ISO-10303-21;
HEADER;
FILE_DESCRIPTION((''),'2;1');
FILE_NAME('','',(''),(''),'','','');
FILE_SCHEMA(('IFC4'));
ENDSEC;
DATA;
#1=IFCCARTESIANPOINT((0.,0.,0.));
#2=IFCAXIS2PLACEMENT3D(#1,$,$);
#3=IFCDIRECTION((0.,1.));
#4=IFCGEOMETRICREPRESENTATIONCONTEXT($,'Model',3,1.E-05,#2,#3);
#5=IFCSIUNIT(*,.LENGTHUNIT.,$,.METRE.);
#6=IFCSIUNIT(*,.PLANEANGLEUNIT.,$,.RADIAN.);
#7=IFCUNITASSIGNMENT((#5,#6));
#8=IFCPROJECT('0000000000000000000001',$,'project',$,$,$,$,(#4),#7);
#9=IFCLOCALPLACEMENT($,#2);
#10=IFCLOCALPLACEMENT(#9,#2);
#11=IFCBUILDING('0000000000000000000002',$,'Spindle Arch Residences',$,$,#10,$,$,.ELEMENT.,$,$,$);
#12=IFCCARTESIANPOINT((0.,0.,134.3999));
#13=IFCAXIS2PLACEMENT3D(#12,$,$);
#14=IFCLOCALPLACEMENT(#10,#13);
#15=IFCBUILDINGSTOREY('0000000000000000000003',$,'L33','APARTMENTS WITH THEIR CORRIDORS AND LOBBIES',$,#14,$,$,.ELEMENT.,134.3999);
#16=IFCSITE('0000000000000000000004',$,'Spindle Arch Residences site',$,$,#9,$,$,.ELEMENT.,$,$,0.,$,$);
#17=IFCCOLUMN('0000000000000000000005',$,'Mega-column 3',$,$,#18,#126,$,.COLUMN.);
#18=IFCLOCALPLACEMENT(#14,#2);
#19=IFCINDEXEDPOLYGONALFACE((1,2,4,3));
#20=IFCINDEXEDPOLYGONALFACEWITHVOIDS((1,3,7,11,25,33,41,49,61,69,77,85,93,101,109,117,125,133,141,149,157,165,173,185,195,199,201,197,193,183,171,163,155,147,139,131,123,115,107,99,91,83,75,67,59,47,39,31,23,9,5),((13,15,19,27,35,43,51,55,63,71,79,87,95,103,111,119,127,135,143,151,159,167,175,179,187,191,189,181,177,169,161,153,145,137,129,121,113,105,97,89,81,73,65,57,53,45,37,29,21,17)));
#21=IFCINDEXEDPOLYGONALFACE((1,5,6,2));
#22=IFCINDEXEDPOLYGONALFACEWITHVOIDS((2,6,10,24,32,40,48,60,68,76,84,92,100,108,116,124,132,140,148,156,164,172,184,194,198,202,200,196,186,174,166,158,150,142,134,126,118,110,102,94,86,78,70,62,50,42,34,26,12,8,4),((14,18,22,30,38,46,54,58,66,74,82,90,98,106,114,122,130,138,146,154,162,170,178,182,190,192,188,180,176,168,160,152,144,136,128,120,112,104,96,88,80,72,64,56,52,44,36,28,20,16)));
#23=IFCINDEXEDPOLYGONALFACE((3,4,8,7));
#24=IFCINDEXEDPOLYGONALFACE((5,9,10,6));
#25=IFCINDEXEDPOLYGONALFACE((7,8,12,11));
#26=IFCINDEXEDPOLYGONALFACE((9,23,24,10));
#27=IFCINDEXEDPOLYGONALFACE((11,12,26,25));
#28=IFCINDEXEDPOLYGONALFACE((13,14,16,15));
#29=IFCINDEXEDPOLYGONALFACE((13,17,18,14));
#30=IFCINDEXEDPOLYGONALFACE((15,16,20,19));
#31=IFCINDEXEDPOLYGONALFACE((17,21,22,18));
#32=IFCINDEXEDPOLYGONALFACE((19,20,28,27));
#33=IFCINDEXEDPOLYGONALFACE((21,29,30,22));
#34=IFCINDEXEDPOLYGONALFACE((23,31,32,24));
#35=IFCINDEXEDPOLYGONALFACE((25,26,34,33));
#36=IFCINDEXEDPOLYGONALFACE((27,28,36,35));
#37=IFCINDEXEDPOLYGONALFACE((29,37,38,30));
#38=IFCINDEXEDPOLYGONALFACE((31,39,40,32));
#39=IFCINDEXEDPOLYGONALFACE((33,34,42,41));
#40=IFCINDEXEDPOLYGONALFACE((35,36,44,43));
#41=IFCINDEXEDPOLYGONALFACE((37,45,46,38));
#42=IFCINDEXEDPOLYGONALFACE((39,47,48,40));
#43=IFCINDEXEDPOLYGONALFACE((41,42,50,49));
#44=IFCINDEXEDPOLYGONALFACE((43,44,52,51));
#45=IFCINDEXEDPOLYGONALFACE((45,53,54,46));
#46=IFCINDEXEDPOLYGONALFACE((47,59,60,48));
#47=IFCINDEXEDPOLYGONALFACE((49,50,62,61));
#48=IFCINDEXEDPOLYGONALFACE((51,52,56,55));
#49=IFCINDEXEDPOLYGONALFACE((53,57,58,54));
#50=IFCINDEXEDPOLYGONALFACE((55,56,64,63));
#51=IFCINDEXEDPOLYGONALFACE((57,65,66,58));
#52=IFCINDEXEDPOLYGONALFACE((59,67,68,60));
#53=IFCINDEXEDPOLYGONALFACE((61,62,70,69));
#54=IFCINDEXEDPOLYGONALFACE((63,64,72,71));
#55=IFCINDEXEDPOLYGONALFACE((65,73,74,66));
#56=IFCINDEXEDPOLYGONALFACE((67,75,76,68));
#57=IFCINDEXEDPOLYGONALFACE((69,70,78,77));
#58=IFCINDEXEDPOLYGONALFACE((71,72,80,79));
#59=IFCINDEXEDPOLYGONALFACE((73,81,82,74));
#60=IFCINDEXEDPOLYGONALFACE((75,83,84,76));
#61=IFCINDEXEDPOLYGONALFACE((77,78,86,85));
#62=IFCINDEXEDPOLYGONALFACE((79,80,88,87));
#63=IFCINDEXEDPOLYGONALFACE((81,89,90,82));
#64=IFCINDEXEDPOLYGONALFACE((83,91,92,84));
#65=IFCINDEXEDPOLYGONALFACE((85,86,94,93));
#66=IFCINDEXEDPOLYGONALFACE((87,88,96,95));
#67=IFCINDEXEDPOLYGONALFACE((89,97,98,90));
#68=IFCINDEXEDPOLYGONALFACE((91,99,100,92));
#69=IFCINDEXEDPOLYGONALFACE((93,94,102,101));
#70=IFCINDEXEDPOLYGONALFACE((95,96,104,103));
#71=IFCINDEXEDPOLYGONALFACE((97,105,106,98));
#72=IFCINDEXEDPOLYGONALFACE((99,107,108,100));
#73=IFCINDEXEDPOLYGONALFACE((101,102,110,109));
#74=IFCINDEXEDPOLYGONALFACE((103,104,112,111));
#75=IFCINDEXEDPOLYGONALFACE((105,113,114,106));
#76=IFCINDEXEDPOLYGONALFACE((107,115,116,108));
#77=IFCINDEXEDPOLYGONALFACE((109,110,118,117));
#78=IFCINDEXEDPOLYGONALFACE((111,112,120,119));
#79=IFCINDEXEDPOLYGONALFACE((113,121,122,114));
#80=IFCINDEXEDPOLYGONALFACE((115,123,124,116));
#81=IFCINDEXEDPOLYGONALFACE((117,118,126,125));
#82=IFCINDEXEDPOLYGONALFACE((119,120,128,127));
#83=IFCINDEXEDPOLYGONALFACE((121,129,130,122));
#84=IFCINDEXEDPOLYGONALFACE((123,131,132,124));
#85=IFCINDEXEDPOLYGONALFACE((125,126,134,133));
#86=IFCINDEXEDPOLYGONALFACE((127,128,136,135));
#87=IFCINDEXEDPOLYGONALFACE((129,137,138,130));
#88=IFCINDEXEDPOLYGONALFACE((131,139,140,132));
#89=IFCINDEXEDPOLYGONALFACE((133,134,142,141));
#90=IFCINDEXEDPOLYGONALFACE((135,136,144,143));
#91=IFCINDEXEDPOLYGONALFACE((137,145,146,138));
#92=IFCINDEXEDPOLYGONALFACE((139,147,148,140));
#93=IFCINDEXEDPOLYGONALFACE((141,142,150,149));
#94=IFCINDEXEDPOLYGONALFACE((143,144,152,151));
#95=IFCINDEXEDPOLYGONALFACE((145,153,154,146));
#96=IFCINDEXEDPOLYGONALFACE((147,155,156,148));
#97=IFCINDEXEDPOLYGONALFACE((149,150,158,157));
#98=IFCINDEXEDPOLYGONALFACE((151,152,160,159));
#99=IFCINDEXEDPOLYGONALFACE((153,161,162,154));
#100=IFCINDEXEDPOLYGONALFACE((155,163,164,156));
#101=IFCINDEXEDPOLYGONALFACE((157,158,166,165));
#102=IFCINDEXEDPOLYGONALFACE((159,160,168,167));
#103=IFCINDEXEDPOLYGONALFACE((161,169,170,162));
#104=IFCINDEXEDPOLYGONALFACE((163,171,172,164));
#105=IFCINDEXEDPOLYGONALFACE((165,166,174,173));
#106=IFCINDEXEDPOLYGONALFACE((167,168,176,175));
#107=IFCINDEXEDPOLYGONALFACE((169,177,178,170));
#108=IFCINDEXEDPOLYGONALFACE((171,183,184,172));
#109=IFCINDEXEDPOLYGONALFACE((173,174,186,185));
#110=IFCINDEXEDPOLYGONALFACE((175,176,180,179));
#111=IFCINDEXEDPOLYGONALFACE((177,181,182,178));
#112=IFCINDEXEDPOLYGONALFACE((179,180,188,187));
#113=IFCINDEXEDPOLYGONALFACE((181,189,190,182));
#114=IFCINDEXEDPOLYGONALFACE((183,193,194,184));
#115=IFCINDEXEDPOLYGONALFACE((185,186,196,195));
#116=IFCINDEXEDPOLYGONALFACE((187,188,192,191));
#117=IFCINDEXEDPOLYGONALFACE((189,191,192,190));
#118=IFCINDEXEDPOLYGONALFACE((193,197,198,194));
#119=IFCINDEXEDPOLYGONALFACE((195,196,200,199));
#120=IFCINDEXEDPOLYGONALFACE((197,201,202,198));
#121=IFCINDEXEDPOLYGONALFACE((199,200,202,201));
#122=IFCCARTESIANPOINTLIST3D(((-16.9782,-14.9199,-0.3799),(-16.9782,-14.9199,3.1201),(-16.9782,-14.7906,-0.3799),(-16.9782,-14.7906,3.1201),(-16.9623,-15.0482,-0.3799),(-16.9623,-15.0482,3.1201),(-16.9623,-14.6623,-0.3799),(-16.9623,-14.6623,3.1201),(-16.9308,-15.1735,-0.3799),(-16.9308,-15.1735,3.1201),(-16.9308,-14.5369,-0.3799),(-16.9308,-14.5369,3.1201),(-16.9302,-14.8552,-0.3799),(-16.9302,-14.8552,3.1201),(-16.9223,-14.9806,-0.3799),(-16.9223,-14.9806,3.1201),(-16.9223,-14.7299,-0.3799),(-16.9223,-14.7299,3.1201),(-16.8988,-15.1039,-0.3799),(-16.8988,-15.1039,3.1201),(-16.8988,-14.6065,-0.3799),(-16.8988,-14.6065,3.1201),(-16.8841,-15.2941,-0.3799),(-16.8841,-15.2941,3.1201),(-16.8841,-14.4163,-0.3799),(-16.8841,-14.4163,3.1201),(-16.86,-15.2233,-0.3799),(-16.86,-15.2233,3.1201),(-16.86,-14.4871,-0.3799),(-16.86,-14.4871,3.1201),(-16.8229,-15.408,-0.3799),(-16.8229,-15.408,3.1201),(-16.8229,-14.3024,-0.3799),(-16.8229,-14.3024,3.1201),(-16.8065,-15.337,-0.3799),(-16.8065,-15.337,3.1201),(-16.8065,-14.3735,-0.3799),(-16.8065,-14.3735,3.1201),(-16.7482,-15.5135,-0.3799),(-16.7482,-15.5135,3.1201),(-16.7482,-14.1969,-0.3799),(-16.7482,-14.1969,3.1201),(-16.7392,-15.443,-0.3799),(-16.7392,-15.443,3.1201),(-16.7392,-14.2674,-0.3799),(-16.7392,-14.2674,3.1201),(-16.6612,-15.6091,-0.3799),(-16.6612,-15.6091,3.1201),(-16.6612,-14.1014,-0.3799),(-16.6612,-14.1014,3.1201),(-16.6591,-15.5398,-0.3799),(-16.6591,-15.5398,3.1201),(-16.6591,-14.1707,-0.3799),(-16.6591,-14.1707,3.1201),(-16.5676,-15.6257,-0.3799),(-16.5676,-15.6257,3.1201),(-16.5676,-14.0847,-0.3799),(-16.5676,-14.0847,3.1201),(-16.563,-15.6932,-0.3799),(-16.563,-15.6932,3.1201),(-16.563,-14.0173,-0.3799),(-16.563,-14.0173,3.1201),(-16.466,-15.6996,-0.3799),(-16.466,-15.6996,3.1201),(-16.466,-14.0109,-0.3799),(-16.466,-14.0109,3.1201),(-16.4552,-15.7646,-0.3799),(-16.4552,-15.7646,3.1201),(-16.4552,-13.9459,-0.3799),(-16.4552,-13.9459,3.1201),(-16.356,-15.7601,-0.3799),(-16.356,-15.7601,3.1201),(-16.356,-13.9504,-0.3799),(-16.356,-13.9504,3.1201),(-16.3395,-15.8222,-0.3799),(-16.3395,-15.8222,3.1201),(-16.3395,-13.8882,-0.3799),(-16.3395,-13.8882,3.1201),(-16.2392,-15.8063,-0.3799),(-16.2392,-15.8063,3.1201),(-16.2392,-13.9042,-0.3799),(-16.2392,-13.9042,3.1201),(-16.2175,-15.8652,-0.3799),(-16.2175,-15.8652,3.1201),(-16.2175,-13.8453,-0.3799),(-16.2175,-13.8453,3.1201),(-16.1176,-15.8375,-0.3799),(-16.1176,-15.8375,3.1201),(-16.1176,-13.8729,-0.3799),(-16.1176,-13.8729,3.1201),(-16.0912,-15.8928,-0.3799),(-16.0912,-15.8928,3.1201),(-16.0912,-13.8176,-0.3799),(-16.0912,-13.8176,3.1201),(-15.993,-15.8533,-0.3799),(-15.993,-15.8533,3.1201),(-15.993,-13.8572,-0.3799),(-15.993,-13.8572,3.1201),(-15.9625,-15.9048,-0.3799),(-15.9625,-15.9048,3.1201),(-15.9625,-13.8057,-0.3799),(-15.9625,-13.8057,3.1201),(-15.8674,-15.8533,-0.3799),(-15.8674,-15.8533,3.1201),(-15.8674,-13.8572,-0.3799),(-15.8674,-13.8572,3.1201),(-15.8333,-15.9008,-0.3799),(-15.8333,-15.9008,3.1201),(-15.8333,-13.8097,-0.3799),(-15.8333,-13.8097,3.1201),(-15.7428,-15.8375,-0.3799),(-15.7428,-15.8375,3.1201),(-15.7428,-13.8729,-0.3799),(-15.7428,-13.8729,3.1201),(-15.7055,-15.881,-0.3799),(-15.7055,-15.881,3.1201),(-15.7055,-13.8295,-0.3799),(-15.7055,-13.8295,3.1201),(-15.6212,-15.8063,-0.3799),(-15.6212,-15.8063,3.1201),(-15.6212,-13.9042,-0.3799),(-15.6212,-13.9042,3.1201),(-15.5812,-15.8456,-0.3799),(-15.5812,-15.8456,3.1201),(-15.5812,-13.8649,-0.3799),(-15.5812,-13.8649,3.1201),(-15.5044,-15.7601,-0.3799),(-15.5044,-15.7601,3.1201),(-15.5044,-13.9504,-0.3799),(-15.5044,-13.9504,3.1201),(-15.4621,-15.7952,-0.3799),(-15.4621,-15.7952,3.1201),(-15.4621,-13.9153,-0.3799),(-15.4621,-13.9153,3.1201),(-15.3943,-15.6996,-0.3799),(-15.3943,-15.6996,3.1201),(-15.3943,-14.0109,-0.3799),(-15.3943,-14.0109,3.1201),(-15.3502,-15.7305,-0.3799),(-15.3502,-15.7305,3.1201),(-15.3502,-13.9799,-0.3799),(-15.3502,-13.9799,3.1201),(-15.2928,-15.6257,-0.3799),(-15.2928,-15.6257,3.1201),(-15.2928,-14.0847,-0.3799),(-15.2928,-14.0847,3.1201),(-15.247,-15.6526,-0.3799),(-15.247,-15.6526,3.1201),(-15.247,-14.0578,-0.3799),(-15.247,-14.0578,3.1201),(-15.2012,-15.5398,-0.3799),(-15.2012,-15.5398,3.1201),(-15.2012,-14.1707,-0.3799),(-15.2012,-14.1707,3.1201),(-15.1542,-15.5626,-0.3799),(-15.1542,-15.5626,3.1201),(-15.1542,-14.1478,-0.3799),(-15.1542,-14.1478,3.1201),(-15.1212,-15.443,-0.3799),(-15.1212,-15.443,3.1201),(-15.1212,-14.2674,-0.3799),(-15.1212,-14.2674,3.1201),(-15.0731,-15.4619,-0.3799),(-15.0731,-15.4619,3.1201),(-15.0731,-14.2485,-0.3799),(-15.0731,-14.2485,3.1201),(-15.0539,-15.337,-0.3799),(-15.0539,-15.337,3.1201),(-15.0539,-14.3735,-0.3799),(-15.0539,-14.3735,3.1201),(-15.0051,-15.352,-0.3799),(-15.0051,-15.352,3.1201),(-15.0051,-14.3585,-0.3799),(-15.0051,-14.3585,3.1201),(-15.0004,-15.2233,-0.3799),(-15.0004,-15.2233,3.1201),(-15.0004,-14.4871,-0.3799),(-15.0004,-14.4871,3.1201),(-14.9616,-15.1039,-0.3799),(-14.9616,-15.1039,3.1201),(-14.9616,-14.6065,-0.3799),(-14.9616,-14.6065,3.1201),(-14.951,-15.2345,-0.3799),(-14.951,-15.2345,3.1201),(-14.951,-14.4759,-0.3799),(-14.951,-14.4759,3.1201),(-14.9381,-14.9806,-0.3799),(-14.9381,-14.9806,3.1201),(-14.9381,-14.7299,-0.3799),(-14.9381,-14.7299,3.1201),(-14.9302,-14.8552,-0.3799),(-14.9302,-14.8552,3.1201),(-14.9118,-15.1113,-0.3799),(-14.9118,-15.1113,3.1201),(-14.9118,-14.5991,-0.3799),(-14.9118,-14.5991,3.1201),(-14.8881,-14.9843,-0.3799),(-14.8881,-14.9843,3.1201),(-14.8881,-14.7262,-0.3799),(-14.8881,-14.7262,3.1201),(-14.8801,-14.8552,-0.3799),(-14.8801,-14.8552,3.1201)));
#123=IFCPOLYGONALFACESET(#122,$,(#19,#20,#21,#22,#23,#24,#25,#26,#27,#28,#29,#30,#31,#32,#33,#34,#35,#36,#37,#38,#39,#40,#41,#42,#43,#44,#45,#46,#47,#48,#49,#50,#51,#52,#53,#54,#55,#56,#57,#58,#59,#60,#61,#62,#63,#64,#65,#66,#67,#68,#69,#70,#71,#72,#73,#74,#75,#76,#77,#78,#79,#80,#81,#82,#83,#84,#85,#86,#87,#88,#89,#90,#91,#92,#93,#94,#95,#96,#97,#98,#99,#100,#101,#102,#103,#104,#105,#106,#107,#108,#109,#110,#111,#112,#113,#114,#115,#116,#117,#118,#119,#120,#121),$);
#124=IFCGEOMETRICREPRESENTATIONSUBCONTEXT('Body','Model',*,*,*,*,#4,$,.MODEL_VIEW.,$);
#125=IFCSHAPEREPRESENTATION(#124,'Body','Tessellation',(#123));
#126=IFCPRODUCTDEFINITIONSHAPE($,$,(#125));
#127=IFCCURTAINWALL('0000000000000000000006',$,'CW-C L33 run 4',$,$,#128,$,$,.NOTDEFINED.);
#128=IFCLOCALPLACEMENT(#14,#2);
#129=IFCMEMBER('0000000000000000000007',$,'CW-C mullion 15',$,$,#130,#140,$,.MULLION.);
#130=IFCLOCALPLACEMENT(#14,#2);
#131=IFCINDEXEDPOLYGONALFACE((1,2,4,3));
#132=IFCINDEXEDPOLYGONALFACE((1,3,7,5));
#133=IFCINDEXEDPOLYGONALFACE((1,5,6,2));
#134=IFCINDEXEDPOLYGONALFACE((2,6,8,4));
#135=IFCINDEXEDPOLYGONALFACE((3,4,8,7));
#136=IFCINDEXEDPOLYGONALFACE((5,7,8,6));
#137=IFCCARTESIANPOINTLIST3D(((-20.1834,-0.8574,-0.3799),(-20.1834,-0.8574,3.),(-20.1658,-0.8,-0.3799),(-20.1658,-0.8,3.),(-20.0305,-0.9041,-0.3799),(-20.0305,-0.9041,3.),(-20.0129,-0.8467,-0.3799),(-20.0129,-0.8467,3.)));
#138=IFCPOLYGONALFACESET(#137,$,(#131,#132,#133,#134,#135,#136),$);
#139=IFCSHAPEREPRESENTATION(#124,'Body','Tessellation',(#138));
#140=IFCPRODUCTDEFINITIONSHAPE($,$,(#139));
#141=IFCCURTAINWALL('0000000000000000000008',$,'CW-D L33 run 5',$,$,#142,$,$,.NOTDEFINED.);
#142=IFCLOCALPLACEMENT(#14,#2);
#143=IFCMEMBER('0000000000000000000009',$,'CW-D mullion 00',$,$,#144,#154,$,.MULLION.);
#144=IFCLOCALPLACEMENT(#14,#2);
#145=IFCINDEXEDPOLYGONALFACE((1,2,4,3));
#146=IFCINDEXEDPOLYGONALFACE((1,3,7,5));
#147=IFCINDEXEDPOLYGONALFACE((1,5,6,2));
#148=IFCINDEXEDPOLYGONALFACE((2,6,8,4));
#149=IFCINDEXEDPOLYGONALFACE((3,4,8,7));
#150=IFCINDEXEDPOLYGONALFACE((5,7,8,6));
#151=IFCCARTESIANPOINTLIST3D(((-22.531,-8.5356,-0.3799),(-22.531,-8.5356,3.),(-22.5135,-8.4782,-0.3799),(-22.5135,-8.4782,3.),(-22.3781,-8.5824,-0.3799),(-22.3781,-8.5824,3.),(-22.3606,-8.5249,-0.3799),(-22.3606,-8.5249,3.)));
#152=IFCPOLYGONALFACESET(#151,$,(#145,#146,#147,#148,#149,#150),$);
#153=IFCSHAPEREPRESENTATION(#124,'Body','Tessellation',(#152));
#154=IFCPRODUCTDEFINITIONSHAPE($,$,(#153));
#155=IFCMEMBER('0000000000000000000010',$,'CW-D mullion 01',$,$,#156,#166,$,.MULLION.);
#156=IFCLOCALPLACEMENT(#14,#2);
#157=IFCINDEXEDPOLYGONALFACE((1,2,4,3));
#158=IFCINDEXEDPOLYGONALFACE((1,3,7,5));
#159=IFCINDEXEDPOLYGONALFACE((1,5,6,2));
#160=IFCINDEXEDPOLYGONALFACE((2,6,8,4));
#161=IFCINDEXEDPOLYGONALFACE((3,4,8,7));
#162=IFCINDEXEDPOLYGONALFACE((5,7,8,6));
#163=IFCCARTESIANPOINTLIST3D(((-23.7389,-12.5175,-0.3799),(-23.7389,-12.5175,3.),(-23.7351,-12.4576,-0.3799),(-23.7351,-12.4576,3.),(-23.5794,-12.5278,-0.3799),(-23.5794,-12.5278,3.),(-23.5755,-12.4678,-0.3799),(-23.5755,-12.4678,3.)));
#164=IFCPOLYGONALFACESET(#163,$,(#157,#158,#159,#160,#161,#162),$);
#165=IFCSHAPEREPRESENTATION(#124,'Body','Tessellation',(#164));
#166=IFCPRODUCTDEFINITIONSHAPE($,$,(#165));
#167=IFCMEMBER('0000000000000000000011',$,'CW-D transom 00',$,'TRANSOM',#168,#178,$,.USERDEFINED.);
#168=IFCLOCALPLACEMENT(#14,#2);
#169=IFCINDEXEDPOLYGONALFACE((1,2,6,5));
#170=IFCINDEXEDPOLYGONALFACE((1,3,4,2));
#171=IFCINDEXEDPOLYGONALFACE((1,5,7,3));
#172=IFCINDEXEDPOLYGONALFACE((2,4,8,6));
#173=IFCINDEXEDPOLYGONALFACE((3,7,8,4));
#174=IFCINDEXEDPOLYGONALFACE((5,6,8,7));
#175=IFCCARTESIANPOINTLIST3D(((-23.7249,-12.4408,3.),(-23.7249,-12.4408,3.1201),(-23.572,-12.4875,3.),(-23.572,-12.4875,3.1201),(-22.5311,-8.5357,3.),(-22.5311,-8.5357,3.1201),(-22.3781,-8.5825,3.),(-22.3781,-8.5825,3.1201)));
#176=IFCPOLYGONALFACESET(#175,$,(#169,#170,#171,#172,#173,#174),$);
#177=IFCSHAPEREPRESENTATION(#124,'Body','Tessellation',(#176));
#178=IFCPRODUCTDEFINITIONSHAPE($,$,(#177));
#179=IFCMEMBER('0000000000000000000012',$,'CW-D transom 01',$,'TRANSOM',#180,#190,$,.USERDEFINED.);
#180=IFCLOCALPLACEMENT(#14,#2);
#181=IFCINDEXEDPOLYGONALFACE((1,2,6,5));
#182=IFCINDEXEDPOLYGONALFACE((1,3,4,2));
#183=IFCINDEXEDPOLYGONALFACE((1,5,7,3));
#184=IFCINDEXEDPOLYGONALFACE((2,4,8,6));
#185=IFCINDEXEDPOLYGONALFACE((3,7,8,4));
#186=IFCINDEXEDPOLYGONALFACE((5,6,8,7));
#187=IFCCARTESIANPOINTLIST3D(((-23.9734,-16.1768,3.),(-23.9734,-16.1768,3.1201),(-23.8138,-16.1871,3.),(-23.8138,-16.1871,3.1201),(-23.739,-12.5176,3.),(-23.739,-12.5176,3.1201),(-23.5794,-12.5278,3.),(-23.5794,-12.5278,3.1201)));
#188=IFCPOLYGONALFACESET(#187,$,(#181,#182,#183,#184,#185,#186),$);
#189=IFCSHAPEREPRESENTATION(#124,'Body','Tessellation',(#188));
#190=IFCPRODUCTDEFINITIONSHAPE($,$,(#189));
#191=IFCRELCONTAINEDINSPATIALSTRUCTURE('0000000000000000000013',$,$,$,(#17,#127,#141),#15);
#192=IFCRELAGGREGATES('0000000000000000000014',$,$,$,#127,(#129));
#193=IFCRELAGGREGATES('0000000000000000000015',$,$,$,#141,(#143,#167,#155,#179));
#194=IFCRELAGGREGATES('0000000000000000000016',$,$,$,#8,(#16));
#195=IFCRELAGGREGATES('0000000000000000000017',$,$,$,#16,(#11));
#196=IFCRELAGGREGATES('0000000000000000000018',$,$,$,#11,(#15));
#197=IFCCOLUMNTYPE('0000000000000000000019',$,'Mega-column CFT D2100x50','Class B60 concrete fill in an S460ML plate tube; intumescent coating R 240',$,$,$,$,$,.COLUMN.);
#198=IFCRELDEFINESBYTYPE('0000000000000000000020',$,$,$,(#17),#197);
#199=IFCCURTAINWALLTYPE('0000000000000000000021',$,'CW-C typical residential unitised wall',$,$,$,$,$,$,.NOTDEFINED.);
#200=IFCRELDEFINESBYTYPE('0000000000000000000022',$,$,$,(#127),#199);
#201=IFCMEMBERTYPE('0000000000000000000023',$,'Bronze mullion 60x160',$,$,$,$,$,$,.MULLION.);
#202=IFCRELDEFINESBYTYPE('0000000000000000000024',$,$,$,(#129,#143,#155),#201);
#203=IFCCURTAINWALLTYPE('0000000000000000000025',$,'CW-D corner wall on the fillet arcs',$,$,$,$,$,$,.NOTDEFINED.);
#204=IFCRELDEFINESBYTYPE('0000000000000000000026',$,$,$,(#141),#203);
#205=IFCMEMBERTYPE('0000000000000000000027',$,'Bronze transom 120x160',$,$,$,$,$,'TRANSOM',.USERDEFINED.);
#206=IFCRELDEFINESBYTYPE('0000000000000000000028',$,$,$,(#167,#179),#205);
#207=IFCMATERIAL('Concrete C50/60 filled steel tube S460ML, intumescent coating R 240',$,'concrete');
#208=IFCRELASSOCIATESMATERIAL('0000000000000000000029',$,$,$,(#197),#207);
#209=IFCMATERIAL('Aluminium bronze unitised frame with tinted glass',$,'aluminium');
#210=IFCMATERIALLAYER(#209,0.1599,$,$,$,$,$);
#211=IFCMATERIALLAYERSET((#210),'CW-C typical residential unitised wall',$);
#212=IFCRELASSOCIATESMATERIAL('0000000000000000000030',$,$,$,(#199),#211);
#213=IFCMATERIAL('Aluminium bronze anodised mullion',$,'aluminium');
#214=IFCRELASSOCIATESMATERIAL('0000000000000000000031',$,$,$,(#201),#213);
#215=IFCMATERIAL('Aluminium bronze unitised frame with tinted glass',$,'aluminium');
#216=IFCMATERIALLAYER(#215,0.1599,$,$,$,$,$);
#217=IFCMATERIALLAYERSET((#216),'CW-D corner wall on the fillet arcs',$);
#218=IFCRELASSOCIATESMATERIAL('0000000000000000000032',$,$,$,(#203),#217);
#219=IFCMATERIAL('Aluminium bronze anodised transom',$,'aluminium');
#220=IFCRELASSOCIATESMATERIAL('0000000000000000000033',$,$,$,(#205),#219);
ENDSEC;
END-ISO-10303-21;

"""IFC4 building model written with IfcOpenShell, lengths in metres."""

from ifc_helpers import new_model, si_unit, direction, frame, origin, origin_2d, place, context, subcontext, project, spatial, rectangle, hollow_circle, extrude, material, layer, layer_set, material_profile, profile_set, type_object, element, aggregate, save


model = new_model("IFC4")

# Units and contexts
model_context = context("Model", 3, precision=1e-05, world=origin(), true_north=direction((0.0, 1.0)))
body_context = subcontext(model_context, "Body", "Model", "MODEL_VIEW")
ifc_project = project(units=[si_unit("LENGTHUNIT", "METRE"), si_unit("PLANEANGLEUNIT", "RADIAN")], contexts=[model_context])

# Site, building, storey
site_placement = place(None, origin())
site = spatial("IfcSite", under=ifc_project, at=site_placement, Name="Spindle Arch Residences site", CompositionType="ELEMENT", RefElevation=0.0)
building_placement = place(site_placement, origin())
building = spatial("IfcBuilding", under=site, at=building_placement, Name="Spindle Arch Residences", CompositionType="ELEMENT")
storey_placement = place(building_placement, frame((0.0, 0.0, 134.3999)))
storey = spatial("IfcBuildingStorey", under=building, at=storey_placement, Name="L33", Description="APARTMENTS WITH THEIR CORRIDORS AND LOBBIES", CompositionType="ELEMENT", Elevation=134.3999)

# Column
ifc_material_1 = material(Name="Concrete C50/60 filled steel tube S460ML, intumescent coating R 240", Category="concrete")
ifc_material_profile_1 = material_profile(ifc_material_1, hollow_circle(Radius=1.05, WallThickness=0.05, at=origin_2d()), Name="CFT D2100x50")
ifc_profile_set_1 = profile_set([ifc_material_profile_1], Name="Concrete C50/60 filled steel tube S460ML, intumescent coating R 240")
column_type_1 = type_object("IfcColumnType", Name="Mega-column CFT D2100x50", Description="Class B60 concrete fill in an S460ML plate tube; intumescent coating R 240", PredefinedType="COLUMN", material=ifc_profile_set_1)
column_placement = place(storey_placement, frame((-15.9302, -14.8552, -0.3799), z_axis=(0.0, 0.0, 1.0), x_axis=(1.0, 0.0, 0.0)))
element("IfcColumn", 1, at=column_placement, inside=storey, type_object=column_type_1, Name="Mega-column 3", PredefinedType="COLUMN", context=body_context, shape_type="SweptSolid", body=[
    extrude(hollow_circle(Radius=1.05, WallThickness=0.05, at=origin_2d()), origin(), (0.0, 0.0, 1.0), 3.5),
])

# Curtain wall, member
ifc_material_2 = material(Name="Aluminium bronze unitised frame with tinted glass", Category="aluminium")
ifc_layer_1 = layer(ifc_material_2, 0.1599)
ifc_layer_set_1 = layer_set([ifc_layer_1], Name="CW-C typical residential unitised wall")
curtain_wall_type_1 = type_object("IfcCurtainWallType", Name="CW-C typical residential unitised wall", PredefinedType="NOTDEFINED", material=ifc_layer_set_1)
curtain_wall_1_placement = place(storey_placement, origin())
curtain_wall_1 = element("IfcCurtainWall", 2, at=curtain_wall_1_placement, inside=storey, type_object=curtain_wall_type_1, Name="CW-C L33 run 4", PredefinedType="NOTDEFINED")
ifc_material_3 = material(Name="Aluminium bronze anodised mullion", Category="aluminium")
ifc_material_profile_2 = material_profile(ifc_material_3, rectangle(XDim=0.1599, YDim=0.0601, at=origin_2d()), Name="MU 60x160")
ifc_profile_set_2 = profile_set([ifc_material_profile_2], Name="Aluminium bronze anodised mullion")
member_type_1 = type_object("IfcMemberType", Name="Bronze mullion 60x160", PredefinedType="MULLION", material=ifc_profile_set_2)
member_1_placement = place(storey_placement, frame((-20.0981, -0.8521, -0.3799), z_axis=(0.0, 0.0, 1.0), x_axis=(0.956305, -0.292372, 0.0)))
member_1 = element("IfcMember", 3, at=member_1_placement, type_object=member_type_1, Name="CW-C mullion 15", PredefinedType="MULLION", context=body_context, shape_type="SweptSolid", body=[
    extrude(rectangle(XDim=0.1599, YDim=0.0601, at=origin_2d()), origin(), (0.0, 0.0, 1.0), 3.3799),
])

# Curtain wall, members
ifc_material_4 = material(Name="Aluminium bronze unitised frame with tinted glass", Category="aluminium")
ifc_layer_2 = layer(ifc_material_4, 0.1599)
ifc_layer_set_2 = layer_set([ifc_layer_2], Name="CW-D corner wall on the fillet arcs")
curtain_wall_type_2 = type_object("IfcCurtainWallType", Name="CW-D corner wall on the fillet arcs", PredefinedType="NOTDEFINED", material=ifc_layer_set_2)
curtain_wall_2_placement = place(storey_placement, origin())
curtain_wall_2 = element("IfcCurtainWall", 4, at=curtain_wall_2_placement, inside=storey, type_object=curtain_wall_type_2, Name="CW-D L33 run 5", PredefinedType="NOTDEFINED")
member_2_placement = place(storey_placement, frame((-22.4458, -8.5303, -0.3799), z_axis=(0.0, 0.0, 1.0), x_axis=(0.956305, -0.292372, 0.0)))
member_2 = element("IfcMember", 5, at=member_2_placement, type_object=member_type_1, Name="CW-D mullion 00", PredefinedType="MULLION", context=body_context, shape_type="SweptSolid", body=[
    extrude(rectangle(XDim=0.1599, YDim=0.0601, at=origin_2d()), origin(), (0.0, 0.0, 1.0), 3.3799),
])
member_3_placement = place(storey_placement, frame((-23.6572, -12.4927, -0.3799), z_axis=(0.0, 0.0, 1.0), x_axis=(0.997953, -0.063952, 0.0)))
member_3 = element("IfcMember", 6, at=member_3_placement, type_object=member_type_1, Name="CW-D mullion 01", PredefinedType="MULLION", context=body_context, shape_type="SweptSolid", body=[
    extrude(rectangle(XDim=0.1599, YDim=0.0601, at=origin_2d()), origin(), (0.0, 0.0, 1.0), 3.3799),
])
ifc_material_5 = material(Name="Aluminium bronze anodised transom", Category="aluminium")
ifc_material_profile_3 = material_profile(ifc_material_5, rectangle(XDim=0.1599, YDim=0.1201, at=origin_2d()), Name="TR 120x160")
ifc_profile_set_3 = profile_set([ifc_material_profile_3], Name="Aluminium bronze anodised transom")
member_type_2 = type_object("IfcMemberType", Name="Bronze transom 120x160", ElementType="TRANSOM", PredefinedType="USERDEFINED", material=ifc_profile_set_3)
member_4_placement = place(storey_placement, frame((-22.4546, -8.5591, 3.0601), z_axis=(-0.292363, -0.956307, 0.0), x_axis=(0.956307, -0.292363, 0.0)))
member_4 = element("IfcMember", 7, at=member_4_placement, type_object=member_type_2, Name="CW-D transom 00", ObjectType="TRANSOM", PredefinedType="USERDEFINED", context=body_context, shape_type="SweptSolid", body=[
    extrude(rectangle(XDim=0.1599, YDim=0.1201, at=origin_2d()), origin(), (0.0, 0.0, 1.0), 4.0835),
])
member_5_placement = place(storey_placement, frame((-23.6592, -12.5227, 3.0601), z_axis=(-0.06392, -0.997955, 0.0), x_axis=(0.997955, -0.06392, 0.0)))
member_5 = element("IfcMember", 8, at=member_5_placement, type_object=member_type_2, Name="CW-D transom 01", ObjectType="TRANSOM", PredefinedType="USERDEFINED", context=body_context, shape_type="SweptSolid", body=[
    extrude(rectangle(XDim=0.1599, YDim=0.1201, at=origin_2d()), origin(), (0.0, 0.0, 1.0), 3.6667),
])

aggregate(curtain_wall_1, [member_1])
aggregate(curtain_wall_2, [member_2, member_4, member_3, member_5])

save(model, "model.ifc")
